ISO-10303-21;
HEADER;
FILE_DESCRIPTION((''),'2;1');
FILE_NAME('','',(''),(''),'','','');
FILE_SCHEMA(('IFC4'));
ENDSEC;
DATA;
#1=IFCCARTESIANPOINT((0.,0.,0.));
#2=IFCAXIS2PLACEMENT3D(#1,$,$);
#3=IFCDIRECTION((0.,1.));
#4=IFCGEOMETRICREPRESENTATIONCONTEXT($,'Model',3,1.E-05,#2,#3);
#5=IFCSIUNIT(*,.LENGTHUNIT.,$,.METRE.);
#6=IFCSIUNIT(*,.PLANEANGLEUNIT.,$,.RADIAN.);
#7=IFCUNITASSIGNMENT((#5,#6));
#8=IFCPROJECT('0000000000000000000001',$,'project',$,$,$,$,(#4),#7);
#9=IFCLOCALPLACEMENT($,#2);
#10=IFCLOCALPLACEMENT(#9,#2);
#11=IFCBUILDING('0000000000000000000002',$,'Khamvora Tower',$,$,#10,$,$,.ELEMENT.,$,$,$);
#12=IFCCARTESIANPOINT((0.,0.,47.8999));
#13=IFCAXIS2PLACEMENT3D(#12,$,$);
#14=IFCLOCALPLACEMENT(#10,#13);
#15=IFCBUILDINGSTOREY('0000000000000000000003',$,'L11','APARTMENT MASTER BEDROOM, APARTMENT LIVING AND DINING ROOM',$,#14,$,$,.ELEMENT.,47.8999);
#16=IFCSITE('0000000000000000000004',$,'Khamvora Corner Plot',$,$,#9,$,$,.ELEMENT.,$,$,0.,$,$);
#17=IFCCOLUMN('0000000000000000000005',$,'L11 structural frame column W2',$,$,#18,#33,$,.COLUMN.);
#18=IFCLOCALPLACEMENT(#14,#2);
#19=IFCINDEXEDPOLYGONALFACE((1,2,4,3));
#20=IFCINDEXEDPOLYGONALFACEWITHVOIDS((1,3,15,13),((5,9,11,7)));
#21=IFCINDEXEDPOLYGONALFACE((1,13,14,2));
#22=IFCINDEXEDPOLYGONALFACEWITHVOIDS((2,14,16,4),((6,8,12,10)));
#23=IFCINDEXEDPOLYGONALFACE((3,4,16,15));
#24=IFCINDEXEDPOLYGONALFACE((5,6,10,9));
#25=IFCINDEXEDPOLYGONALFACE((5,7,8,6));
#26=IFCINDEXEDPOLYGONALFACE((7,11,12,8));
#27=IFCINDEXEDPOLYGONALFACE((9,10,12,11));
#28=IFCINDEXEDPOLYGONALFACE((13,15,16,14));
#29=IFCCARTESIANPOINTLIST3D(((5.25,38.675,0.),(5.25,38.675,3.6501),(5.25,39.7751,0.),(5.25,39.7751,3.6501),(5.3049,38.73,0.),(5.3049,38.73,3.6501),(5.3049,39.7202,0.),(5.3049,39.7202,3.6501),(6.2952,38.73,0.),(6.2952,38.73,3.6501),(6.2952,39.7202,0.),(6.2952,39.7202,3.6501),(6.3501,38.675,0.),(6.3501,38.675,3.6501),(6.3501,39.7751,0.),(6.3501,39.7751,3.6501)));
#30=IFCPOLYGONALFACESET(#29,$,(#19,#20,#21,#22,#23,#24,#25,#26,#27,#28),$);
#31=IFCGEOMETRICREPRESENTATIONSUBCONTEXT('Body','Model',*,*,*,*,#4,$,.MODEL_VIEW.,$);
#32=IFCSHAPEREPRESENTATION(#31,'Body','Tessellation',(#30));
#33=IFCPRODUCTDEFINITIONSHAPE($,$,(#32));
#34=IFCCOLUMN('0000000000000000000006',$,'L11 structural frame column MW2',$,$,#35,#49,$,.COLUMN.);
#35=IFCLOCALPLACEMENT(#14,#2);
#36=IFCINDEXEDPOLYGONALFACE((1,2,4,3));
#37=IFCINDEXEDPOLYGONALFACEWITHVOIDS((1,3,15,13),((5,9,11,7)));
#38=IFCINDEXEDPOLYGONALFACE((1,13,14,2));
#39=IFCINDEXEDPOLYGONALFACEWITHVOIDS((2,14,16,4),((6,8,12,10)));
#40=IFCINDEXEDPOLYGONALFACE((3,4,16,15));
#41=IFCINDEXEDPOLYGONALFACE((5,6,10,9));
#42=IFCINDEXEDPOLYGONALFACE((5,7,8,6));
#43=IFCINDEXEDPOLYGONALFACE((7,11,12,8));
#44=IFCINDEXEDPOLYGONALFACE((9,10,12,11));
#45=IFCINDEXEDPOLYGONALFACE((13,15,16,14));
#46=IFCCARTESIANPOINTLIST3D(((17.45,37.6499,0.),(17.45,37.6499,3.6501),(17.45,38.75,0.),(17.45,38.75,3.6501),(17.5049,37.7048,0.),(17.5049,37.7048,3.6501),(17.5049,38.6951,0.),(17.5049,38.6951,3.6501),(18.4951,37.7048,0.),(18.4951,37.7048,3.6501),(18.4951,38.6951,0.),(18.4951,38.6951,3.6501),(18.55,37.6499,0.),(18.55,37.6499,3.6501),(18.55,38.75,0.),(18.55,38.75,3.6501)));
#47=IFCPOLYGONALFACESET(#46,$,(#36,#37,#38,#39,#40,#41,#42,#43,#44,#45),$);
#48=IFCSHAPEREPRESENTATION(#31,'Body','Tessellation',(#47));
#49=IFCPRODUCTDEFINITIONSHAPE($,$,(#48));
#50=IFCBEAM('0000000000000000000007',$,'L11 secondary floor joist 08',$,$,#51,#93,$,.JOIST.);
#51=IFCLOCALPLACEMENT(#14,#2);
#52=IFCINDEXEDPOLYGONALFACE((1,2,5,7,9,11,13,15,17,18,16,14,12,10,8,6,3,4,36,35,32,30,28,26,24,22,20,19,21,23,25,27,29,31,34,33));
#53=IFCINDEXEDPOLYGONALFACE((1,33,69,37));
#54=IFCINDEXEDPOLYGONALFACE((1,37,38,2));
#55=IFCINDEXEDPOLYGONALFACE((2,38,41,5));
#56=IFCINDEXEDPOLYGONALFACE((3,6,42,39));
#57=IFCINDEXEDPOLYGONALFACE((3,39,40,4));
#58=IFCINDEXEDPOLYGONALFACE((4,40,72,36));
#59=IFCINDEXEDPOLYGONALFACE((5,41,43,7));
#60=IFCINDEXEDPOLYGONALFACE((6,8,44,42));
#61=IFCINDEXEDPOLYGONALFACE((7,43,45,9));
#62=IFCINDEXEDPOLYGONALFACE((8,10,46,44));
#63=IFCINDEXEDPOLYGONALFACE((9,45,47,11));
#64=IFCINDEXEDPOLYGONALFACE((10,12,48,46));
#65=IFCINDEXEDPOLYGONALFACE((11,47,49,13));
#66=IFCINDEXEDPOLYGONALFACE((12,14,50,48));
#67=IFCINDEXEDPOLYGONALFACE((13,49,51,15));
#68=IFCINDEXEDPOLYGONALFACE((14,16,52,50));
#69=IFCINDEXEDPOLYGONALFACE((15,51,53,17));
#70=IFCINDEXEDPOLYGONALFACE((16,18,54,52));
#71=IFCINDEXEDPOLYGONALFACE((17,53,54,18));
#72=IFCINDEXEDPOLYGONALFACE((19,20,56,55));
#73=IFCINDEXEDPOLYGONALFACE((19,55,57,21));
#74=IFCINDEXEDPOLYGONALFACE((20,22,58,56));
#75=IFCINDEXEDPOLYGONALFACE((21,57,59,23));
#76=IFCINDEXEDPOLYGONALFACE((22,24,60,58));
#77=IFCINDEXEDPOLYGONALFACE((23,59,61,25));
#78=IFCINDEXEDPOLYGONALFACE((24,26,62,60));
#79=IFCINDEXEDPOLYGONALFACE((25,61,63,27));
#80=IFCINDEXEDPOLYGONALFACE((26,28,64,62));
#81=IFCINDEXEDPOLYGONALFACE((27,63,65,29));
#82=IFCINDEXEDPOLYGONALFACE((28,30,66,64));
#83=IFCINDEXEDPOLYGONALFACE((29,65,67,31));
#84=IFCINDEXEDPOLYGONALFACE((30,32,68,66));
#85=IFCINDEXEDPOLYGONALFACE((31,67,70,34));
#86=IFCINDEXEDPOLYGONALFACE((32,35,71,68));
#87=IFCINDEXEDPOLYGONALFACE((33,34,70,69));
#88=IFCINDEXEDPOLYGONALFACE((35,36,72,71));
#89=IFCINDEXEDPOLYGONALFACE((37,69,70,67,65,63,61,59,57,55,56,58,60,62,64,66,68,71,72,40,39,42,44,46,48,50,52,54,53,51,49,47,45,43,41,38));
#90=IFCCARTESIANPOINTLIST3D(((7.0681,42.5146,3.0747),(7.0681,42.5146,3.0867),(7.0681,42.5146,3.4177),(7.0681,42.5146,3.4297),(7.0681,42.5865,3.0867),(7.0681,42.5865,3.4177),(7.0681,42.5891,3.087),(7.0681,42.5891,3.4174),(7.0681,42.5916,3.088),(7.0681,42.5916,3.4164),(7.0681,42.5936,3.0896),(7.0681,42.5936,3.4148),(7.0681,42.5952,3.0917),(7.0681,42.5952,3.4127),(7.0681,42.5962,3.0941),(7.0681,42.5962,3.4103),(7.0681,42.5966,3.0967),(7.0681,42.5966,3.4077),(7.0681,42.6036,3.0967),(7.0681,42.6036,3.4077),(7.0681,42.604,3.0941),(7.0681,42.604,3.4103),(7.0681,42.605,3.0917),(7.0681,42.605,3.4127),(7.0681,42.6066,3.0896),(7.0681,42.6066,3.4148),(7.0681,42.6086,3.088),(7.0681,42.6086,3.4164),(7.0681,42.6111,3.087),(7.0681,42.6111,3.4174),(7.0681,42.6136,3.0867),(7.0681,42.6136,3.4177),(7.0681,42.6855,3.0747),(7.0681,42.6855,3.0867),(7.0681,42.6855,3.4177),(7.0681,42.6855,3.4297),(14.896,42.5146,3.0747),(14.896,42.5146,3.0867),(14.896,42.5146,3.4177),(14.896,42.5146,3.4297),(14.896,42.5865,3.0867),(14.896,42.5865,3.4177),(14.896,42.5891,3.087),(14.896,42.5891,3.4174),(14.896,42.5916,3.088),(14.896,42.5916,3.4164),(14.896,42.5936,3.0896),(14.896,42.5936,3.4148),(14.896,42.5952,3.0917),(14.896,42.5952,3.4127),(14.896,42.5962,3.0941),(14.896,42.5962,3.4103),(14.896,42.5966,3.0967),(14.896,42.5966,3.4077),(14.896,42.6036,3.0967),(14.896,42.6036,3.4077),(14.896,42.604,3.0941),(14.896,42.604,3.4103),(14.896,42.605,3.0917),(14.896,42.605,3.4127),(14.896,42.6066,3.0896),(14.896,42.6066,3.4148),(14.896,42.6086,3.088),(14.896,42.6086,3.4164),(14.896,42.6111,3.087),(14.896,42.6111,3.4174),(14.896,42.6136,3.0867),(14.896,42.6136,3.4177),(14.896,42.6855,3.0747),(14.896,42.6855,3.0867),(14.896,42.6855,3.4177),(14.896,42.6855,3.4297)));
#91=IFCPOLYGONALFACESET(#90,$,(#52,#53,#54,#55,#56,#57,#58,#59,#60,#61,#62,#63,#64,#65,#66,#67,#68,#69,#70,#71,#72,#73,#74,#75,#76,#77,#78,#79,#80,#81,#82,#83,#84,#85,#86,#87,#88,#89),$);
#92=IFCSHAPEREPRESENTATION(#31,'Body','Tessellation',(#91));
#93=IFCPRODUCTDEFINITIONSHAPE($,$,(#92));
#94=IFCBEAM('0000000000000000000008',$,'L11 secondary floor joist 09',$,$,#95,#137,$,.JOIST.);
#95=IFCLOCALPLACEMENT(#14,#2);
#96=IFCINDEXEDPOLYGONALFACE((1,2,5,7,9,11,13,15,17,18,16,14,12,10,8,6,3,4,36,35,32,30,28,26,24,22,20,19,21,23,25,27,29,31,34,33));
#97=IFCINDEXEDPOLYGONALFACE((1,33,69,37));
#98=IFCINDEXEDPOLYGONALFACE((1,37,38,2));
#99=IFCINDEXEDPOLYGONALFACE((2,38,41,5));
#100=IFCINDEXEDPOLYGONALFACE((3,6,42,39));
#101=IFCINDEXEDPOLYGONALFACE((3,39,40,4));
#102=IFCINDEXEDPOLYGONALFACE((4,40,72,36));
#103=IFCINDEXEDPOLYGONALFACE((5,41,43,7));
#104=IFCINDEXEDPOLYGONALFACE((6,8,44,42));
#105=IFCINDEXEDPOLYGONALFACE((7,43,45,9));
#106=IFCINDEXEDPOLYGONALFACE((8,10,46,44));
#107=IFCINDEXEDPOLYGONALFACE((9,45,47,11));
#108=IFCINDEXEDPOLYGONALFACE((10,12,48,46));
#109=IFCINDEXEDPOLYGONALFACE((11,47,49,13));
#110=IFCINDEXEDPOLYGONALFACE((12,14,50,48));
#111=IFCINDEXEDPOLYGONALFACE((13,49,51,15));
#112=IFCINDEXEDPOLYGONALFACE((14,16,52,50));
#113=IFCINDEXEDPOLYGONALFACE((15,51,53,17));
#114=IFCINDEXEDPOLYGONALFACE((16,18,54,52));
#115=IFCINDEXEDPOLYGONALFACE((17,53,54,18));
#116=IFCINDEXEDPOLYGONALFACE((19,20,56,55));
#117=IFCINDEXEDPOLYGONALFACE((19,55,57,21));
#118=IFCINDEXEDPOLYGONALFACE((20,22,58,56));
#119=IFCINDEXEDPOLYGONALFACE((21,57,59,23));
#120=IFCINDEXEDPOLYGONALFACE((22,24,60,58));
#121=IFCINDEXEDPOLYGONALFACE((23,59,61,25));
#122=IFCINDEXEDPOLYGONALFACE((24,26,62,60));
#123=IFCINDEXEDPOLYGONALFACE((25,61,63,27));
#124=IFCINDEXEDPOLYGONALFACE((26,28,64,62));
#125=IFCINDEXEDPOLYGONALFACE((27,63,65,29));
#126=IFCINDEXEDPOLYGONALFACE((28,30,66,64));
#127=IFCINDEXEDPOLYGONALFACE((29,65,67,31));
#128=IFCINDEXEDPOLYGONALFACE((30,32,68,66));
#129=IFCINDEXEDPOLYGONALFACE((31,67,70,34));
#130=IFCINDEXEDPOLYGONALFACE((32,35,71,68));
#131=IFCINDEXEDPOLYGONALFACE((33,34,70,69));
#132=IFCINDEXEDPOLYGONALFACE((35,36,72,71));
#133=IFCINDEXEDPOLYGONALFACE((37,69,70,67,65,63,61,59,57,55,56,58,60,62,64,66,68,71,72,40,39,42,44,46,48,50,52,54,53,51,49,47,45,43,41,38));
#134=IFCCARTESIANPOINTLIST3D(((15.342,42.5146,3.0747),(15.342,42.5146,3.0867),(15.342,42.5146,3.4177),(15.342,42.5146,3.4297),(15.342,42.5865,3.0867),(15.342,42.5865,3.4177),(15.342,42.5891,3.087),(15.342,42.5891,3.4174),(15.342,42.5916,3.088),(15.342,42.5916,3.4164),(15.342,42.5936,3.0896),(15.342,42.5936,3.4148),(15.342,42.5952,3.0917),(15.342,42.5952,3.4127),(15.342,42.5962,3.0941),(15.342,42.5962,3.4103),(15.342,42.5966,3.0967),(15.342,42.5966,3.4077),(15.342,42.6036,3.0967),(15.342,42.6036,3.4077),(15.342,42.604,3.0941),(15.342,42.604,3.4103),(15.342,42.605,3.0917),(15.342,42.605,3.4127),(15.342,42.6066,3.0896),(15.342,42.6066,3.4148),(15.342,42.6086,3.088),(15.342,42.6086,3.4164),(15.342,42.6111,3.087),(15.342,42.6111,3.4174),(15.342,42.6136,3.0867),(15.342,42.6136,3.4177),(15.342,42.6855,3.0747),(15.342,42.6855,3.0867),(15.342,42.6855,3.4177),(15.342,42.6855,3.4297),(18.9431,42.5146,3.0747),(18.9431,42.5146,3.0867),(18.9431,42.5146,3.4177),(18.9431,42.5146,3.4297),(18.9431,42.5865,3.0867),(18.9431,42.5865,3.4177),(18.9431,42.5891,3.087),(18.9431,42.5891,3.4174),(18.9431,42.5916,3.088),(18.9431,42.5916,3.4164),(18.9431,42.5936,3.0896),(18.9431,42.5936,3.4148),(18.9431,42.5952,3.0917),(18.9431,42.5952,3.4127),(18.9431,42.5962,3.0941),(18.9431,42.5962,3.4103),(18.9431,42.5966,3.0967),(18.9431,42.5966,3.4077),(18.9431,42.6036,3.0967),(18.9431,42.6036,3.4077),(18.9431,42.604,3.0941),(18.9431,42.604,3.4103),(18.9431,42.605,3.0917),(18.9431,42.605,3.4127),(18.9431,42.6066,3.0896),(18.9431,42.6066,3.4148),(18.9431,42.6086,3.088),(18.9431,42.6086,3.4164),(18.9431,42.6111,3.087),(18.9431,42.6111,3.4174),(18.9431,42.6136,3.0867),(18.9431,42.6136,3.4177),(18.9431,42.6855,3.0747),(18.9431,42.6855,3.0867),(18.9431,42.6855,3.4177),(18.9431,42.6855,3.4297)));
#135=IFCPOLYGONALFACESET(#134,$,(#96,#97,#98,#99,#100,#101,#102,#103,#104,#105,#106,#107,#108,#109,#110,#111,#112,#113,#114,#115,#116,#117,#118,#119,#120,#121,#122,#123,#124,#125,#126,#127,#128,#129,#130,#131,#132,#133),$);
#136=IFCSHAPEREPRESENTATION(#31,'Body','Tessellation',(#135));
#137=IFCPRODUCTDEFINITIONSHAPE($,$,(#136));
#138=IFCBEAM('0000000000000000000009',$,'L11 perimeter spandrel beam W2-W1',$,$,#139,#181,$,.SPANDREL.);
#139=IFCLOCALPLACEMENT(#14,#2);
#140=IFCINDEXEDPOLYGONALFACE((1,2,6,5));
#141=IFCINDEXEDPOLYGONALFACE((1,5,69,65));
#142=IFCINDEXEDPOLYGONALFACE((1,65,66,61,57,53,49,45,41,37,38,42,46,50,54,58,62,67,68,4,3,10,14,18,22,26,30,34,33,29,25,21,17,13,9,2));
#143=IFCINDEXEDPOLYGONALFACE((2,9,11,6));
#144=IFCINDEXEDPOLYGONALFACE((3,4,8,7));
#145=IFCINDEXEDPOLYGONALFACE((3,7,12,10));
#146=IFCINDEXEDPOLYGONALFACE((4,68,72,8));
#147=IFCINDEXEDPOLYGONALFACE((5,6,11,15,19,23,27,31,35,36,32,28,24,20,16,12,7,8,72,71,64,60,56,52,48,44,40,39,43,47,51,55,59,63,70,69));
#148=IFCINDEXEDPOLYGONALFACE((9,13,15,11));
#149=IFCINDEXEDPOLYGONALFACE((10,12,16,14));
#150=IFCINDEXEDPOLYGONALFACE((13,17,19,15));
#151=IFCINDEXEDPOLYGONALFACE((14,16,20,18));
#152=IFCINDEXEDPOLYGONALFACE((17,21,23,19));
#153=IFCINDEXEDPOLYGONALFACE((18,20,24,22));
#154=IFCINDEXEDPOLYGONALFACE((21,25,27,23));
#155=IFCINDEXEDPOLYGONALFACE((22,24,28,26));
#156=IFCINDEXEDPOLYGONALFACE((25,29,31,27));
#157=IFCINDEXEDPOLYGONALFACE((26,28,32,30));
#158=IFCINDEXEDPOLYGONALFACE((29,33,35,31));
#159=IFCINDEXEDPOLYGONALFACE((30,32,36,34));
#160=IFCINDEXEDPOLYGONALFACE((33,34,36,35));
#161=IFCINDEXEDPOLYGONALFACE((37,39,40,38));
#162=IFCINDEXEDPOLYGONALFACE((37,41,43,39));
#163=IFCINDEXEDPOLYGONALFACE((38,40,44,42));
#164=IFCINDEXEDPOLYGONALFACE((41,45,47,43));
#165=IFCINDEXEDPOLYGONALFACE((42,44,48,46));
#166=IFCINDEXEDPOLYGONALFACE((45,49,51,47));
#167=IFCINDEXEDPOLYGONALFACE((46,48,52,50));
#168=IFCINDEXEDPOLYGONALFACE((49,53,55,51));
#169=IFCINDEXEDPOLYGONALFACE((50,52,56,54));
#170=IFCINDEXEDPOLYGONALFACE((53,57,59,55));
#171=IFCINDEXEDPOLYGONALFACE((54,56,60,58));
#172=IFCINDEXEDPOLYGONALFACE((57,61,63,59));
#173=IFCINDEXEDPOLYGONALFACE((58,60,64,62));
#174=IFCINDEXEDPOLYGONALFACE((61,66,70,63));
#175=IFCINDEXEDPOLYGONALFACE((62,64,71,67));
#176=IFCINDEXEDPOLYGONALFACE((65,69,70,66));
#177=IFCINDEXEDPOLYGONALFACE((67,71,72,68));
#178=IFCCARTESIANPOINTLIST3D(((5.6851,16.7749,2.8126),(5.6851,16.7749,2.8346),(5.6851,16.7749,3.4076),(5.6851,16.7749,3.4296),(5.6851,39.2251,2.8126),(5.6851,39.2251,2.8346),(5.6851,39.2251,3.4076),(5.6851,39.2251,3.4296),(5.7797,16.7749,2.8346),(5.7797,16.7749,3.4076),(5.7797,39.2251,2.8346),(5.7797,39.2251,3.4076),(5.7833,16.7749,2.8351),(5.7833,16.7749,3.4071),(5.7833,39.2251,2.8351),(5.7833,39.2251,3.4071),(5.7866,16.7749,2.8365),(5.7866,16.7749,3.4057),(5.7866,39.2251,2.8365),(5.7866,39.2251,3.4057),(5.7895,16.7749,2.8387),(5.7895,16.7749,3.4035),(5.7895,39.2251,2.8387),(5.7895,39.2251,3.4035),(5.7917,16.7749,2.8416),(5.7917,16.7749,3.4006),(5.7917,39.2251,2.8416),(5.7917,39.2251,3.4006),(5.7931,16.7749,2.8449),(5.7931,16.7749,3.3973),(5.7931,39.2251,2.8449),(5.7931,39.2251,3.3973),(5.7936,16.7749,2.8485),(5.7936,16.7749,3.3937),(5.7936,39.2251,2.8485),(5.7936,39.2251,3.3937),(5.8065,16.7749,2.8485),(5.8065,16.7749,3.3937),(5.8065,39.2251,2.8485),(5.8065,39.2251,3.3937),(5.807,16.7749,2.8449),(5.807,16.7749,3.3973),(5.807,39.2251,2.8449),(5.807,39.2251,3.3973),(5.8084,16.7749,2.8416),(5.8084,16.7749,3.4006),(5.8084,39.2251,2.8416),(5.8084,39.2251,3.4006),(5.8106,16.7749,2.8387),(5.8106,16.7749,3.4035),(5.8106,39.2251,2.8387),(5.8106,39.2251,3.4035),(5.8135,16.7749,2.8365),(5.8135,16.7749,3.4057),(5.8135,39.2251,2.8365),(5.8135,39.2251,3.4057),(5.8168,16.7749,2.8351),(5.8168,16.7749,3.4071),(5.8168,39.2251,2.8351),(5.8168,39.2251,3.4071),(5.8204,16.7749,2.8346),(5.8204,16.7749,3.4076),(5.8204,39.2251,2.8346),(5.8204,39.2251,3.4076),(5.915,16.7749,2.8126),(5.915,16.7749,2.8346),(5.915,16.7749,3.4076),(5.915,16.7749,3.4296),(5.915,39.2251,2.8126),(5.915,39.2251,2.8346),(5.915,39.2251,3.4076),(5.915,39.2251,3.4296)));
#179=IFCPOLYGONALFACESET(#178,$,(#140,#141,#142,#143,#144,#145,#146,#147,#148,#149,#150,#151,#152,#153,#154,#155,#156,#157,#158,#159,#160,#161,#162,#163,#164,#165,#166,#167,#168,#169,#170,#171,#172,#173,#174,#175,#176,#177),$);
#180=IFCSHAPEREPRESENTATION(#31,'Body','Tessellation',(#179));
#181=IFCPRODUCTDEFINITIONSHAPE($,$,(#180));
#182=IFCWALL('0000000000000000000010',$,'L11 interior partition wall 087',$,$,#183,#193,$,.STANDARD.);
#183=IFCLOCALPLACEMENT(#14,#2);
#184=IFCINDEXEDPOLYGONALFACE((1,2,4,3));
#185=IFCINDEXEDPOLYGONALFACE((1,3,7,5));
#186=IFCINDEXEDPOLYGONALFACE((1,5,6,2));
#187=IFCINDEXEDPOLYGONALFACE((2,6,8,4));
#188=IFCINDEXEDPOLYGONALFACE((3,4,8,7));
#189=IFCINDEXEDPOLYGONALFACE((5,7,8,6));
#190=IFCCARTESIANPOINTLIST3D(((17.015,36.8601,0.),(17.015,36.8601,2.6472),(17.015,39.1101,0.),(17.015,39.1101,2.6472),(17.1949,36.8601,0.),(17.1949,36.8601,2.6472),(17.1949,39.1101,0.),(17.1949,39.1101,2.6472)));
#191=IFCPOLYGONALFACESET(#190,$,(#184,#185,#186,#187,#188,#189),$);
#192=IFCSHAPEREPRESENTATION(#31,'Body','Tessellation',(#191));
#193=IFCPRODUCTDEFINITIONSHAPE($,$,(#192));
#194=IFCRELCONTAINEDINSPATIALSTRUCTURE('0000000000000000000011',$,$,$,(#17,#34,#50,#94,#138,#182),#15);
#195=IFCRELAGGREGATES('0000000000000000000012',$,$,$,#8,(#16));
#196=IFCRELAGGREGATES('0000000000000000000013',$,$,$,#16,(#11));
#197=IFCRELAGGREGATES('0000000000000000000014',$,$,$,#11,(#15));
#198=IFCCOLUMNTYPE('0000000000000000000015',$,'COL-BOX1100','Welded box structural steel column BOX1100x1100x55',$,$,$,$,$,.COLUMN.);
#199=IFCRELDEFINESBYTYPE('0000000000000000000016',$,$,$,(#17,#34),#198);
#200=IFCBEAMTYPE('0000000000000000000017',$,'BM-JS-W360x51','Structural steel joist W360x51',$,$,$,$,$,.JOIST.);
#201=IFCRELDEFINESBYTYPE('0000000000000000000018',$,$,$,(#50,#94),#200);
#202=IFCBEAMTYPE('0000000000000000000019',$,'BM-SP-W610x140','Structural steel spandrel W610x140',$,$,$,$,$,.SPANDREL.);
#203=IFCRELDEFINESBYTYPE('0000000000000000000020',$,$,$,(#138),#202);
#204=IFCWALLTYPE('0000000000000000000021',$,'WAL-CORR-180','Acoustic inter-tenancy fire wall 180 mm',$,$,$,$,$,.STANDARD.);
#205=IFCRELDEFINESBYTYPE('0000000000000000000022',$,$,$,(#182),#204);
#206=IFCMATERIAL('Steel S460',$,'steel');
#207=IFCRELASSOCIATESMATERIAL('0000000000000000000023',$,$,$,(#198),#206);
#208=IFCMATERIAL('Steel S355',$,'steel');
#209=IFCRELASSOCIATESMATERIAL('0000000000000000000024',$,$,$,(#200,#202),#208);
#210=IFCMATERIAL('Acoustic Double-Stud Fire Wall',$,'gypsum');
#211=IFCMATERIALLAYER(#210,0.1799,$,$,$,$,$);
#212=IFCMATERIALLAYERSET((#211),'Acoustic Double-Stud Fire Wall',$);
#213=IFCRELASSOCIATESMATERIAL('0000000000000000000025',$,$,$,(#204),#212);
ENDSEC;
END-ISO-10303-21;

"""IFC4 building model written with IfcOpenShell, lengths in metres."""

from ifc_helpers import new_model, si_unit, direction, frame, frame_2d, origin, origin_2d, place, context, subcontext, project, spatial, rectangle, hollow_rectangle, i_section, extrude, material, layer, layer_set, material_profile, profile_set, type_object, element, save


model = new_model("IFC4")

# Units and contexts
model_context = context("Model", 3, precision=1e-05, world=origin(), true_north=direction((0.0, 1.0)))
body_context = subcontext(model_context, "Body", "Model", "MODEL_VIEW")
ifc_project = project(units=[si_unit("LENGTHUNIT", "METRE"), si_unit("PLANEANGLEUNIT", "RADIAN")], contexts=[model_context])

# Site, building, storey
site_placement = place(None, origin())
site = spatial("IfcSite", under=ifc_project, at=site_placement, Name="Khamvora Corner Plot", CompositionType="ELEMENT", RefElevation=0.0)
building_placement = place(site_placement, origin())
building = spatial("IfcBuilding", under=site, at=building_placement, Name="Khamvora Tower", CompositionType="ELEMENT")
storey_placement = place(building_placement, frame((0.0, 0.0, 47.8999)))
storey = spatial("IfcBuildingStorey", under=building, at=storey_placement, Name="L11", Description="APARTMENT MASTER BEDROOM, APARTMENT LIVING AND DINING ROOM", CompositionType="ELEMENT", Elevation=47.8999)

# Columns
ifc_material_1 = material(Name="Steel S460", Category="steel")
ifc_material_profile_1 = material_profile(ifc_material_1, hollow_rectangle(XDim=1.1001, YDim=1.1001, WallThickness=0.0549, at=origin_2d()), Name="BOX1100x1100x55")
ifc_profile_set_1 = profile_set([ifc_material_profile_1], Name="Steel S460")
column_type = type_object("IfcColumnType", Name="COL-BOX1100", Description="Welded box structural steel column BOX1100x1100x55", PredefinedType="COLUMN", material=ifc_profile_set_1)
for number, where, z_axis, x_axis, name in (
    (1, (5.8, 39.2251, 0.0), (0.0, 0.0, 1.0), (1.0, 0.0, 0.0), "L11 structural frame column W2"),
    (2, (18.0, 38.2, 0.0), (0.0, 0.0, 1.0), (1.0, 0.0, 0.0), "L11 structural frame column MW2"),
):
    element("IfcColumn", number, at=place(storey_placement, frame(where, z_axis=z_axis, x_axis=x_axis)), inside=storey, type_object=column_type, Name=name, PredefinedType="COLUMN", context=body_context, shape_type="SweptSolid", body=[
        extrude(hollow_rectangle(XDim=1.1001, YDim=1.1001, WallThickness=0.0549, at=origin_2d()), origin(), (0.0, 0.0, 1.0), 3.6501),
    ])

# Beams
ifc_material_2 = material(Name="Steel S355", Category="steel")
ifc_material_profile_2 = material_profile(ifc_material_2, i_section(OverallWidth=0.1709, OverallDepth=0.355, WebThickness=0.0071, FlangeThickness=0.012, FilletRadius=0.01, at=origin_2d()), Name="W360x51")
ifc_profile_set_2 = profile_set([ifc_material_profile_2], Name="Steel S355")
beam_type_1 = type_object("IfcBeamType", Name="BM-JS-W360x51", Description="Structural steel joist W360x51", PredefinedType="JOIST", material=ifc_profile_set_2)
beam_1_placement = place(storey_placement, frame((7.0681, 42.6001, 3.2522), z_axis=(1.0, 0.0, 0.0), x_axis=(0.0, 1.0, 0.0)))
element("IfcBeam", 3, at=beam_1_placement, inside=storey, type_object=beam_type_1, Name="L11 secondary floor joist 08", PredefinedType="JOIST", context=body_context, shape_type="SweptSolid", body=[
    extrude(i_section(OverallWidth=0.1709, OverallDepth=0.355, WebThickness=0.0071, FlangeThickness=0.012, FilletRadius=0.01, at=origin_2d()), origin(), (0.0, 0.0, 1.0), 7.8279),
])
beam_2_placement = place(storey_placement, frame((15.342, 42.6001, 3.2522), z_axis=(1.0, 0.0, 0.0), x_axis=(0.0, 1.0, 0.0)))
element("IfcBeam", 4, at=beam_2_placement, inside=storey, type_object=beam_type_1, Name="L11 secondary floor joist 09", PredefinedType="JOIST", context=body_context, shape_type="SweptSolid", body=[
    extrude(i_section(OverallWidth=0.1709, OverallDepth=0.355, WebThickness=0.0071, FlangeThickness=0.012, FilletRadius=0.01, at=origin_2d()), origin(), (0.0, 0.0, 1.0), 3.6011),
])
ifc_material_profile_3 = material_profile(ifc_material_2, i_section(OverallWidth=0.23, OverallDepth=0.6169, WebThickness=0.0129, FlangeThickness=0.022, FilletRadius=0.0139, at=origin_2d()), Name="W610x140")
ifc_profile_set_3 = profile_set([ifc_material_profile_3], Name="Steel S355")
beam_type_2 = type_object("IfcBeamType", Name="BM-SP-W610x140", Description="Structural steel spandrel W610x140", PredefinedType="SPANDREL", material=ifc_profile_set_3)
beam_3_placement = place(storey_placement, frame((5.8, 39.2251, 3.1211), z_axis=(0.0, -1.0, 0.0), x_axis=(1.0, 0.0, 0.0)))
element("IfcBeam", 5, at=beam_3_placement, inside=storey, type_object=beam_type_2, Name="L11 perimeter spandrel beam W2-W1", PredefinedType="SPANDREL", context=body_context, shape_type="SweptSolid", body=[
    extrude(i_section(OverallWidth=0.23, OverallDepth=0.6169, WebThickness=0.0129, FlangeThickness=0.022, FilletRadius=0.0139, at=origin_2d()), origin(), (0.0, 0.0, 1.0), 22.4502),
])

# Wall
ifc_material_3 = material(Name="Acoustic Double-Stud Fire Wall", Category="gypsum")
ifc_layer_1 = layer(ifc_material_3, 0.1799)
ifc_layer_set_1 = layer_set([ifc_layer_1], Name="Acoustic Double-Stud Fire Wall")
wall_type_1 = type_object("IfcWallType", Name="WAL-CORR-180", Description="Acoustic inter-tenancy fire wall 180 mm", PredefinedType="STANDARD", material=ifc_layer_set_1)
wall_1_placement = place(storey_placement, frame((17.105, 39.1101, 0.0), z_axis=(0.0, 0.0, 1.0), x_axis=(0.0, -1.0, 0.0)))
element("IfcWall", 6, at=wall_1_placement, inside=storey, type_object=wall_type_1, Name="L11 interior partition wall 087", PredefinedType="STANDARD", context=body_context, shape_type="SweptSolid", body=[
    extrude(rectangle(XDim=2.25, YDim=0.1799, at=frame_2d((1.125, 0.0))), origin(), (0.0, 0.0, 1.0), 2.6472),
])

save(model, "model.ifc")
